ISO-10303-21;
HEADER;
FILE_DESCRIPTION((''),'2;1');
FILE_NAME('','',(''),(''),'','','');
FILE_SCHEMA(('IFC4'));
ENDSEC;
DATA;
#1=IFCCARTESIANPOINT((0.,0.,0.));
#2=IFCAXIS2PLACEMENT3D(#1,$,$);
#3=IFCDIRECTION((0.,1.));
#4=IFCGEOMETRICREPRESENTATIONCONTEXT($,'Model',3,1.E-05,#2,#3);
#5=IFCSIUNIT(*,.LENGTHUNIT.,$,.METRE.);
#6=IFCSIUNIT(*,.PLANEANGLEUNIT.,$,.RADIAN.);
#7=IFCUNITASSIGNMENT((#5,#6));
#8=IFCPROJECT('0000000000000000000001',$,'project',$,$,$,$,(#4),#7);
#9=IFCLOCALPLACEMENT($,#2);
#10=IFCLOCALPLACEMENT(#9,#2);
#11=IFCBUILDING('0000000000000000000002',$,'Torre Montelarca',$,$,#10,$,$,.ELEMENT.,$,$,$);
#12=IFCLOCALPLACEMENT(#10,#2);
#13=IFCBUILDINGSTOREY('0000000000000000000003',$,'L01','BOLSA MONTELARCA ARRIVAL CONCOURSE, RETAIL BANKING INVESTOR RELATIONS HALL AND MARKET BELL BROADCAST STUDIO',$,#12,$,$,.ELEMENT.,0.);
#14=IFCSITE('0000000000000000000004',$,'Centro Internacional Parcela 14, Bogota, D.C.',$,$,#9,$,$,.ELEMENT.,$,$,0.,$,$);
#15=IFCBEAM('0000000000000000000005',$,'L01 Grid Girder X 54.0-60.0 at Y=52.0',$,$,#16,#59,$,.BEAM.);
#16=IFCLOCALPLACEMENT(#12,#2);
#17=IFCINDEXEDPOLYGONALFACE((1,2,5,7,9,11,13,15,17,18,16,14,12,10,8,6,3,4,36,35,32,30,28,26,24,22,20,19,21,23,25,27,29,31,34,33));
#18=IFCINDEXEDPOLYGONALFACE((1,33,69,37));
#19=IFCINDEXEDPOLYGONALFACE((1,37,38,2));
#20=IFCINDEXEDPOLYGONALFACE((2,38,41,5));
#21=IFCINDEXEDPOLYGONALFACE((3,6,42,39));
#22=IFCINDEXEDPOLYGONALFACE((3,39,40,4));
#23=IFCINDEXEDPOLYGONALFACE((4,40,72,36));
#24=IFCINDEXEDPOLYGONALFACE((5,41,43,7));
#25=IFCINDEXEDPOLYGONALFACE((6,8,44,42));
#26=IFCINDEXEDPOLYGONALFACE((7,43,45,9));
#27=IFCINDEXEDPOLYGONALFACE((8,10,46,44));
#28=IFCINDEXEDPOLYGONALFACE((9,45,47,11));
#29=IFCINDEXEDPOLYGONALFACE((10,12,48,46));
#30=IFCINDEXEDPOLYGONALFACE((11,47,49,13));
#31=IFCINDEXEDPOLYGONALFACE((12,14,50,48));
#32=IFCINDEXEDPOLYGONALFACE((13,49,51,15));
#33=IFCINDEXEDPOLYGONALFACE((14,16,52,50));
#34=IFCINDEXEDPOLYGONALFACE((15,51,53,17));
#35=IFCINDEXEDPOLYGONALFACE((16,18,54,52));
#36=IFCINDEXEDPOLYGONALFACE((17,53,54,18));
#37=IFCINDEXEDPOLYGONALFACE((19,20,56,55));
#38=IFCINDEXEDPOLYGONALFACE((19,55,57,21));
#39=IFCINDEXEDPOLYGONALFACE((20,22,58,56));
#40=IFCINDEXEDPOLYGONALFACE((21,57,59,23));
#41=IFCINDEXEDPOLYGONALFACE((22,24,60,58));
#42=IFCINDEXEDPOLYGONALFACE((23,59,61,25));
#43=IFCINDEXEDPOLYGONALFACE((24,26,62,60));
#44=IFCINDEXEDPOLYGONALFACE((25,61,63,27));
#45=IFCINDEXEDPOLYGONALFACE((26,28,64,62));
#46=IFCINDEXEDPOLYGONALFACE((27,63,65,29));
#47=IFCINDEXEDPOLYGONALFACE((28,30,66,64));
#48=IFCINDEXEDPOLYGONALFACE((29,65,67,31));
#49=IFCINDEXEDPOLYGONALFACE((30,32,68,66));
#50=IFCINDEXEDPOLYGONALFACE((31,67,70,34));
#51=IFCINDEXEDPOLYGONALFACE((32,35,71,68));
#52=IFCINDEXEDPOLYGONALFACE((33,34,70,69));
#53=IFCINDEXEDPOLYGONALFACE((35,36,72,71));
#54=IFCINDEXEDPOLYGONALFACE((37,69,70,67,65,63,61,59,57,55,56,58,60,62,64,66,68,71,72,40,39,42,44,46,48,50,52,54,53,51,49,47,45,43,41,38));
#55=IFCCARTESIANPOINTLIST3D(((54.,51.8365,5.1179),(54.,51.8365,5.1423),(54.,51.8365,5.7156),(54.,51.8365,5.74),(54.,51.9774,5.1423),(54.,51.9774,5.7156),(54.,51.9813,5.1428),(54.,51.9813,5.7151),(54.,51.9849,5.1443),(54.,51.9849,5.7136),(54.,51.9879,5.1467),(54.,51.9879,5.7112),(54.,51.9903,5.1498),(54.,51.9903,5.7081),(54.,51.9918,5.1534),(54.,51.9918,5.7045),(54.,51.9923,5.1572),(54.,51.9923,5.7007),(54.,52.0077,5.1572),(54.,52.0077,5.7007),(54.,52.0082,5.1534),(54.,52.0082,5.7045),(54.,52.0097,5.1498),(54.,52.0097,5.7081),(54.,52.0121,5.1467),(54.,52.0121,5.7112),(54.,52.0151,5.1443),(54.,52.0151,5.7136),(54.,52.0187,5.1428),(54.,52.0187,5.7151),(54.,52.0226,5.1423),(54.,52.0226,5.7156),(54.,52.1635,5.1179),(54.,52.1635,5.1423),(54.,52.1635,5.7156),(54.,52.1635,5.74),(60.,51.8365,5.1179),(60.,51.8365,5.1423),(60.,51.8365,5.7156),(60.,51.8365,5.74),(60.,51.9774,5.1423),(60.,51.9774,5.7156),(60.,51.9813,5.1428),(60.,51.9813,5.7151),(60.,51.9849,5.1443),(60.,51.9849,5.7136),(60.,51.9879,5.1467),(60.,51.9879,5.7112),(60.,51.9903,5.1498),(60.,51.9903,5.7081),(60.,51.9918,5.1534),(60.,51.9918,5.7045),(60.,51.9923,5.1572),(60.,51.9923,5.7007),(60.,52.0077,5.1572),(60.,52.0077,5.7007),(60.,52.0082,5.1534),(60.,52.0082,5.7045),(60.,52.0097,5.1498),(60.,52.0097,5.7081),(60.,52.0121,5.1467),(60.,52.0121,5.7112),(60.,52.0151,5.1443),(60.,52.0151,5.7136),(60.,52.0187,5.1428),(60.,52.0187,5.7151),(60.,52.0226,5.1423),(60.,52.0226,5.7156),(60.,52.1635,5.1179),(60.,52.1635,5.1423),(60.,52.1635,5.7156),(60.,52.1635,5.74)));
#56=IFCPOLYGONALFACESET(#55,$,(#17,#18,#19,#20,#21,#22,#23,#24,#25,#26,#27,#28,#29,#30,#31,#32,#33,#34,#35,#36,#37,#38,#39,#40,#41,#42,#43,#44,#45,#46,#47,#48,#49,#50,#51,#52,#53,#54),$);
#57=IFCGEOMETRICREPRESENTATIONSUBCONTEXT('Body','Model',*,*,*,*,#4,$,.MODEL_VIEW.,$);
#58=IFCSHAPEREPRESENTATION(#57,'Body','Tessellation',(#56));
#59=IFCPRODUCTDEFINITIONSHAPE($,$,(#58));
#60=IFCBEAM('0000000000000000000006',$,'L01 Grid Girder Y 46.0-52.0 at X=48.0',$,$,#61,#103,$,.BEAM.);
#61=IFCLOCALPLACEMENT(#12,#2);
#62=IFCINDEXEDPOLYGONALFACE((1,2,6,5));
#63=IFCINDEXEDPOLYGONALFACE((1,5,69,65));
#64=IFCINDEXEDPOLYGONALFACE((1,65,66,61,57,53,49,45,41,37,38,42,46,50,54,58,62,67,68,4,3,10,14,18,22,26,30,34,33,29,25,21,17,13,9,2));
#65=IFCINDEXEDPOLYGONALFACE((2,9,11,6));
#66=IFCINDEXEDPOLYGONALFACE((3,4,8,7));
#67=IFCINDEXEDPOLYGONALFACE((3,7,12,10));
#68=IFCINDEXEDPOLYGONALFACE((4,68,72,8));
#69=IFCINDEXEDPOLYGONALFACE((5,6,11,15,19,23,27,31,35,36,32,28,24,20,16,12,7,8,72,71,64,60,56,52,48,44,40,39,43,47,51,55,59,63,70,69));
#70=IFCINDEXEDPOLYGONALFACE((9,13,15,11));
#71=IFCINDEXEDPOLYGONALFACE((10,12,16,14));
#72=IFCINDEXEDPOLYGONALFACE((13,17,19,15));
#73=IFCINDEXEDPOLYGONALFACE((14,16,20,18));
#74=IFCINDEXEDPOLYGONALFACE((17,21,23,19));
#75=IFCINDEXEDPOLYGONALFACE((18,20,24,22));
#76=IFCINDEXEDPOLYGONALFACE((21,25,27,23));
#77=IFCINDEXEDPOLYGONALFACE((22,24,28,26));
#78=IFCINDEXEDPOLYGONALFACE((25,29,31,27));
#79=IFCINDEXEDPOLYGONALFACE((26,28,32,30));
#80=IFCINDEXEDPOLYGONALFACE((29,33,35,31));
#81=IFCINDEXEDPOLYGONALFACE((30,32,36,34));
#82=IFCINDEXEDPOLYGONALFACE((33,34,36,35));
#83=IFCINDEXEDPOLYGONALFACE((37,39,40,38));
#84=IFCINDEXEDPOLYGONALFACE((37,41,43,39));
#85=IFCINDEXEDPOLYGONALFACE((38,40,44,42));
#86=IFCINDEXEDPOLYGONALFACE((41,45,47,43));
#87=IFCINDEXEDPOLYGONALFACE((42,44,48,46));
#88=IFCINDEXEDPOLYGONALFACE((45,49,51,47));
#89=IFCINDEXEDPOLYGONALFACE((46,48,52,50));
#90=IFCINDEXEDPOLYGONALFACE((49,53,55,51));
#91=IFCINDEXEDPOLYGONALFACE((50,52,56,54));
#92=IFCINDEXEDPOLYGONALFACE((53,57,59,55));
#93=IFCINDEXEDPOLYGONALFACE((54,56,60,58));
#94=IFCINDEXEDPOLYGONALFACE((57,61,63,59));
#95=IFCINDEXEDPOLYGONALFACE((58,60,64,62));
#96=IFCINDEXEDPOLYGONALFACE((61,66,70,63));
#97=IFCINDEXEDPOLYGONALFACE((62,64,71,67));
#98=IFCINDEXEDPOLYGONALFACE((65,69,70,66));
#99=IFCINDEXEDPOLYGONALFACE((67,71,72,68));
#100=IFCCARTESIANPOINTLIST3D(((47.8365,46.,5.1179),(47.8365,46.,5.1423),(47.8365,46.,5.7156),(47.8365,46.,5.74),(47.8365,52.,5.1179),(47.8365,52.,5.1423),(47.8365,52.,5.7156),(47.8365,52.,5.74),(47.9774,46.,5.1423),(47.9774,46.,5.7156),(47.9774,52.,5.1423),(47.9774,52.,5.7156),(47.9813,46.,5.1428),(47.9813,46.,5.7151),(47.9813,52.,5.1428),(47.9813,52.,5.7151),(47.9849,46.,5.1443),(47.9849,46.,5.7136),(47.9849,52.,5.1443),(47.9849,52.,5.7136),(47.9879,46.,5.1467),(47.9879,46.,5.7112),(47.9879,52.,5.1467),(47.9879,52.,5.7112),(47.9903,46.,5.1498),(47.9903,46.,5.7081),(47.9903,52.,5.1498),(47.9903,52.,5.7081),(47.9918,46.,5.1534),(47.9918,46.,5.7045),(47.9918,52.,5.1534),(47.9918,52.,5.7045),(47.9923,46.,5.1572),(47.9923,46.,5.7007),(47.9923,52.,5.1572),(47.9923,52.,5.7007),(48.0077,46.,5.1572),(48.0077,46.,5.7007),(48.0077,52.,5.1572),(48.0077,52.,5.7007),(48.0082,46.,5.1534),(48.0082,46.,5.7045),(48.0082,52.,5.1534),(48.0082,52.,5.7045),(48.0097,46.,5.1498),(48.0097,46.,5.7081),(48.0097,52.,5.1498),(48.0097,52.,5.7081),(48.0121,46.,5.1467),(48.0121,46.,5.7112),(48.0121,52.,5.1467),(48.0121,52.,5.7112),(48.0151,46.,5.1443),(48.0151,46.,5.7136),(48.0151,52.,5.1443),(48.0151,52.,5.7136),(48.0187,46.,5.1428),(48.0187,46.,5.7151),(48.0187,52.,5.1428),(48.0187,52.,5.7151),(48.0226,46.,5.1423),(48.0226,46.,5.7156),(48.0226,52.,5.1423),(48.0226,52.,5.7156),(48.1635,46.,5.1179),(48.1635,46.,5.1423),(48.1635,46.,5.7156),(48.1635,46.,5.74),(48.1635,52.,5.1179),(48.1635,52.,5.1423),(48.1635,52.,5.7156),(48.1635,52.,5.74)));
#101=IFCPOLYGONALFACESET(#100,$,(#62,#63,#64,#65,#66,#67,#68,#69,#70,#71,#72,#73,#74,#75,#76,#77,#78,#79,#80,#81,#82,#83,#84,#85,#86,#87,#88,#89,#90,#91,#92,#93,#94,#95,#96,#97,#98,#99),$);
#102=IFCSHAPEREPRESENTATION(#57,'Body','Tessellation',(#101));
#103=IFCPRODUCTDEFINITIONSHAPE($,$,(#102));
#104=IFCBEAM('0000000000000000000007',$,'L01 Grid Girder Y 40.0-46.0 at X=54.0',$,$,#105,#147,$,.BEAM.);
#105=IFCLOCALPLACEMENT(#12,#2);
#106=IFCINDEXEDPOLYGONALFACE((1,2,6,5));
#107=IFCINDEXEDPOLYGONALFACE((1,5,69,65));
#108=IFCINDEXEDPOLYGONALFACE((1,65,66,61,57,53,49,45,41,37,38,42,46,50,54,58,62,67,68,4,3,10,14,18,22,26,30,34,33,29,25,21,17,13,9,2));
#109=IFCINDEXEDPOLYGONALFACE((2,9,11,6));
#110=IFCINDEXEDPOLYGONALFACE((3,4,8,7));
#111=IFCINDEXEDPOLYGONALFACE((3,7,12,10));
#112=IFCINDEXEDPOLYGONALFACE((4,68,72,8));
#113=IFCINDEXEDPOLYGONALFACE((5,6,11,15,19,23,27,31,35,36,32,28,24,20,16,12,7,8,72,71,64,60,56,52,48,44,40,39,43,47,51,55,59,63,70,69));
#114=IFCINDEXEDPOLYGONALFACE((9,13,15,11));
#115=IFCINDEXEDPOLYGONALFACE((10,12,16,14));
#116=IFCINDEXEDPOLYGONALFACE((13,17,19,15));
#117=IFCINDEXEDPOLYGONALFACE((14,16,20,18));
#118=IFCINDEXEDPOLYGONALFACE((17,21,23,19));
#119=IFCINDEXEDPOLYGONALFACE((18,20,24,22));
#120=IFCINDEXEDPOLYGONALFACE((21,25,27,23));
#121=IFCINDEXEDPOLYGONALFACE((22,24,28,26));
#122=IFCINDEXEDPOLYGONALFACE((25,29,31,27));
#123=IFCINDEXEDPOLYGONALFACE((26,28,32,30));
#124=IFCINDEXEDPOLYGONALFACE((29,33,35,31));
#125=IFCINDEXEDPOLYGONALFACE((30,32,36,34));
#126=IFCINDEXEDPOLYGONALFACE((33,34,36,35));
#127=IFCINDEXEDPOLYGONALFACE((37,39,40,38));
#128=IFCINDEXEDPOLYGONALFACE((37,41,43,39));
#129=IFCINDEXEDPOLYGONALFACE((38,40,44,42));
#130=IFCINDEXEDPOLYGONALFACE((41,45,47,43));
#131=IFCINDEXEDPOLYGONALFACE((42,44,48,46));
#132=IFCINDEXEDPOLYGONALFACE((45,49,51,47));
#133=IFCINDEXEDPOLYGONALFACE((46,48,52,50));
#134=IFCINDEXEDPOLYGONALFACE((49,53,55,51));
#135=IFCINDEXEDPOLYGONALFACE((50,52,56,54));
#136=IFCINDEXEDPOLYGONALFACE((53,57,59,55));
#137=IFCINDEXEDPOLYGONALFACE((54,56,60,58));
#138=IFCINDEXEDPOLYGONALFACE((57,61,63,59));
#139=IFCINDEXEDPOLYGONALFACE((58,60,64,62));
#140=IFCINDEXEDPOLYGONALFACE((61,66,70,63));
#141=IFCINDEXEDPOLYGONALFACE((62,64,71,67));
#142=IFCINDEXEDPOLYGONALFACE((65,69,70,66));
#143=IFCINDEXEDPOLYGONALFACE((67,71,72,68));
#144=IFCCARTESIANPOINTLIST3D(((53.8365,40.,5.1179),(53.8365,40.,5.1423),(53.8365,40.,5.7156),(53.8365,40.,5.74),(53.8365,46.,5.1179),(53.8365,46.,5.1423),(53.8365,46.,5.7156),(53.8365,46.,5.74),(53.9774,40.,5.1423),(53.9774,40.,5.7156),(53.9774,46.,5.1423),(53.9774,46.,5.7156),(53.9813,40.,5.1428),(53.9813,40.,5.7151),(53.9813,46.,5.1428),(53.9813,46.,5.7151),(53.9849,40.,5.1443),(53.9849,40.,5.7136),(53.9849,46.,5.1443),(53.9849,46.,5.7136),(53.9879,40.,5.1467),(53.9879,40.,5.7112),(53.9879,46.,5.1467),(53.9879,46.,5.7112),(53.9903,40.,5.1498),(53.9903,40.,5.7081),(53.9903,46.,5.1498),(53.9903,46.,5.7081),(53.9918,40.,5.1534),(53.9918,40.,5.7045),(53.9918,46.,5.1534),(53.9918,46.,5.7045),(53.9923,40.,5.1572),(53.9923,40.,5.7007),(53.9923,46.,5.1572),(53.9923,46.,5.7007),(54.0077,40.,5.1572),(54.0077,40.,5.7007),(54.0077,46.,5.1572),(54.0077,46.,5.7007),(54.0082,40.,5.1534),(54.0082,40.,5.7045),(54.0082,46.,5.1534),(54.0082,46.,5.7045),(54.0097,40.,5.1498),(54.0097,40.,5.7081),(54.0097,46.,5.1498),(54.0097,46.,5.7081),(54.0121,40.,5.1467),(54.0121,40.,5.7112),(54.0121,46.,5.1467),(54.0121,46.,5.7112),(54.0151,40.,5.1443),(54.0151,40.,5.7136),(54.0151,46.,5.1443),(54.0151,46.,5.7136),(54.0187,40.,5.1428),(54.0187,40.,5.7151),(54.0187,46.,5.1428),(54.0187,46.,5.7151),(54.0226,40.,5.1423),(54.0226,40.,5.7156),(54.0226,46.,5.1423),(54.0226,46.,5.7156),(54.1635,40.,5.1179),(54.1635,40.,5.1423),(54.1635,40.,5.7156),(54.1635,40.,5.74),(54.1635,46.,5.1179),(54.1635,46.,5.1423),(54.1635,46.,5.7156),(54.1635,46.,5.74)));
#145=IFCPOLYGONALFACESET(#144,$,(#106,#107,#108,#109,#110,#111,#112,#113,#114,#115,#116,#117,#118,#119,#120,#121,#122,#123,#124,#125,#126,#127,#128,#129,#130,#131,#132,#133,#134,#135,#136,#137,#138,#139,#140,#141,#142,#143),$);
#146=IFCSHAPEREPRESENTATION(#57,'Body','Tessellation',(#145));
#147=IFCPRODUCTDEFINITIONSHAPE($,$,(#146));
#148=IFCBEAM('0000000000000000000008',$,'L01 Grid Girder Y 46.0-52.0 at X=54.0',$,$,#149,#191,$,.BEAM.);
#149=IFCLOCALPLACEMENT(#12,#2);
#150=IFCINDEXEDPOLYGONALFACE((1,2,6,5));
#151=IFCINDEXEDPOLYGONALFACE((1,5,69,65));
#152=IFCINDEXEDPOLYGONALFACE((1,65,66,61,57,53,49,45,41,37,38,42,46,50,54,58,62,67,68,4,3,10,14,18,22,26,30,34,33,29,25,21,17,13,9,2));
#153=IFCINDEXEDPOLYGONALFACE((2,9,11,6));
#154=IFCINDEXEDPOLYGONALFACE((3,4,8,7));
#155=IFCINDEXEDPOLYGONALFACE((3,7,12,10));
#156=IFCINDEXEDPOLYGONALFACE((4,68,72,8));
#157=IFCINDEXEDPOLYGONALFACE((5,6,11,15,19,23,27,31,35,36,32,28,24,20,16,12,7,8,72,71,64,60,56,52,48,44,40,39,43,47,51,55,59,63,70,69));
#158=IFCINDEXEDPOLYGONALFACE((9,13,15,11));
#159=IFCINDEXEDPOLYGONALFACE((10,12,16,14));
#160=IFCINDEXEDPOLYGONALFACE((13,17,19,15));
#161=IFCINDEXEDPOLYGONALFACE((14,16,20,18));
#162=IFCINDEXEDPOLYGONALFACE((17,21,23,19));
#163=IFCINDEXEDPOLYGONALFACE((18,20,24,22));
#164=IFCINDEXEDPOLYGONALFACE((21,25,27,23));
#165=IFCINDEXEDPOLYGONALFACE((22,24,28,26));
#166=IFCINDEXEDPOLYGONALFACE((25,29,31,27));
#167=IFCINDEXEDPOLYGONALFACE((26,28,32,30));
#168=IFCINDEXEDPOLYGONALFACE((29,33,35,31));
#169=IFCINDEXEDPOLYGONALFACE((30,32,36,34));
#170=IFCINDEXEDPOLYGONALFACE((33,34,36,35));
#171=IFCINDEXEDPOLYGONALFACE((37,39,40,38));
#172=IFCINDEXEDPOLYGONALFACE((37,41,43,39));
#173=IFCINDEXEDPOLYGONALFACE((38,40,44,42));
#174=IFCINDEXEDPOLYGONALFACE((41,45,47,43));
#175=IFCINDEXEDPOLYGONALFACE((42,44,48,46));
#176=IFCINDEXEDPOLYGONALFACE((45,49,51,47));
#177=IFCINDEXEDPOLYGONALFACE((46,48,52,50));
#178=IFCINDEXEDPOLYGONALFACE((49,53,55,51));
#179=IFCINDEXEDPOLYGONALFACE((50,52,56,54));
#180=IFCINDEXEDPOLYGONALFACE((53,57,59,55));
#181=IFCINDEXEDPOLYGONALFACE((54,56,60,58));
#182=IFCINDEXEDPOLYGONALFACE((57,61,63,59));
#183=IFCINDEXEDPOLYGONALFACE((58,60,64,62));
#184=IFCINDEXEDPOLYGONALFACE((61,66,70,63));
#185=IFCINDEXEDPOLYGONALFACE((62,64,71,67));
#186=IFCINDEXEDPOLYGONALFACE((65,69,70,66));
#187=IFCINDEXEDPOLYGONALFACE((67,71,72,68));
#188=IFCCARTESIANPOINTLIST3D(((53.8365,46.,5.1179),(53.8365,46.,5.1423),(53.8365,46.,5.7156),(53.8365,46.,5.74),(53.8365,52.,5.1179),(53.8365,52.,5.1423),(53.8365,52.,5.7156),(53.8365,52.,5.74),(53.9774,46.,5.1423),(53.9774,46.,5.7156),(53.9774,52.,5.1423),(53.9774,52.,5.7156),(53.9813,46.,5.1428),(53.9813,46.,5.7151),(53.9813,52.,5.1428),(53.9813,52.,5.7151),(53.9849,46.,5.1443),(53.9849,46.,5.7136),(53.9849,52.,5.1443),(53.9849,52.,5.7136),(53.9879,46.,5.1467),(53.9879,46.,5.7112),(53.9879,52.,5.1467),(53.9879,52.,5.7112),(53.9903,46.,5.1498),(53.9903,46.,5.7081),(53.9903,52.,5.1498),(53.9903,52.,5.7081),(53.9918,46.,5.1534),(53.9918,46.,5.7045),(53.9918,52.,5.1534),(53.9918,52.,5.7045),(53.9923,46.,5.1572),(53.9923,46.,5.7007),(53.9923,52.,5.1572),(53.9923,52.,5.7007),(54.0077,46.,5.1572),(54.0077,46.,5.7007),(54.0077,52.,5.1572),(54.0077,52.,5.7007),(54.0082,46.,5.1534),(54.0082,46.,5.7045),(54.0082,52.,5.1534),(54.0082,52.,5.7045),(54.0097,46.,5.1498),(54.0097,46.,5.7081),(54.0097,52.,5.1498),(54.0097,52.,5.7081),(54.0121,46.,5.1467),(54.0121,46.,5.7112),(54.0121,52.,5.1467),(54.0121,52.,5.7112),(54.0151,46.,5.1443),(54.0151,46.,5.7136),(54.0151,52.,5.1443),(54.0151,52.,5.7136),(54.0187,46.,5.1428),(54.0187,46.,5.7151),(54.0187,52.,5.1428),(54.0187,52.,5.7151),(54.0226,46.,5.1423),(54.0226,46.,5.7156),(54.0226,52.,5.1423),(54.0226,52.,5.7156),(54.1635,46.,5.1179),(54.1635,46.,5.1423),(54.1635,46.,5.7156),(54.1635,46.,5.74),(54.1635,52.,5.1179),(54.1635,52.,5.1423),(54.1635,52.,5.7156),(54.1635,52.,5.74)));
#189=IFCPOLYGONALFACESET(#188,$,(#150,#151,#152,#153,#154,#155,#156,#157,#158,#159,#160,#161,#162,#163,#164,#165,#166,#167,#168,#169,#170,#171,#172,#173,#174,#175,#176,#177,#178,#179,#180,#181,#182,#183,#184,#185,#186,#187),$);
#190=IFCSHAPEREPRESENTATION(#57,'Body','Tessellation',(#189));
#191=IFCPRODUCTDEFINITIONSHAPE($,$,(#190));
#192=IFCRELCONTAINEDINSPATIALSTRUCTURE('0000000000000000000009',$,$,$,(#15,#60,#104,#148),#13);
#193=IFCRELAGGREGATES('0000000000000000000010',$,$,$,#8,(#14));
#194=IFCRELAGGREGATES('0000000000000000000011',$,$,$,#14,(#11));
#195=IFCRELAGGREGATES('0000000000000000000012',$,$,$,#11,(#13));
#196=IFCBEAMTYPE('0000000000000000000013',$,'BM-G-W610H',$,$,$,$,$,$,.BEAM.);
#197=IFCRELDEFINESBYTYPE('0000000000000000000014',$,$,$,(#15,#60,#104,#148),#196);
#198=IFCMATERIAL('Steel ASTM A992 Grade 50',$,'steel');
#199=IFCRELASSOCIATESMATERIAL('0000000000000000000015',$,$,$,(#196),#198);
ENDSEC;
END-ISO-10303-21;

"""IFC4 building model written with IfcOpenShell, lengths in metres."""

from ifc_helpers import new_model, si_unit, direction, frame, origin, origin_2d, place, context, subcontext, project, spatial, i_section, extrude, source, transform, mapped, material, material_profile, profile_set, type_object, element, save


model = new_model("IFC4")

# Units and contexts
model_context = context("Model", 3, precision=1e-05, world=origin(), true_north=direction((0.0, 1.0)))
body_context = subcontext(model_context, "Body", "Model", "MODEL_VIEW")
ifc_project = project(units=[si_unit("LENGTHUNIT", "METRE"), si_unit("PLANEANGLEUNIT", "RADIAN")], contexts=[model_context])

# Site, building, storey
site_placement = place(None, origin())
site = spatial("IfcSite", under=ifc_project, at=site_placement, Name="Centro Internacional Parcela 14, Bogota, D.C.", CompositionType="ELEMENT", RefElevation=0.0)
building_placement = place(site_placement, origin())
building = spatial("IfcBuilding", under=site, at=building_placement, Name="Torre Montelarca", CompositionType="ELEMENT")
storey_placement = place(building_placement, origin())
storey = spatial("IfcBuildingStorey", under=building, at=storey_placement, Name="L01", Description="BOLSA MONTELARCA ARRIVAL CONCOURSE, RETAIL BANKING INVESTOR RELATIONS HALL AND MARKET BELL BROADCAST STUDIO", CompositionType="ELEMENT", Elevation=0.0)

# Shared definitions
ifc_material_1 = material(Name="Steel ASTM A992 Grade 50", Category="steel")

# Beams
ifc_material_profile_1 = material_profile(ifc_material_1, i_section(OverallWidth=0.3269, OverallDepth=0.6221, WebThickness=0.0154, FlangeThickness=0.0244, FilletRadius=0.0149, at=origin_2d()), Name="W610X195", Category="steel")
ifc_profile_set_1 = profile_set([ifc_material_profile_1], Name="Steel ASTM A992 Grade 50")
beam_type_1 = type_object("IfcBeamType", Name="BM-G-W610H", PredefinedType="BEAM", material=ifc_profile_set_1)
shared_shape_1 = source(origin(), body_context, "Body", "SweptSolid", [
    extrude(i_section(OverallWidth=0.3269, OverallDepth=0.6221, WebThickness=0.0154, FlangeThickness=0.0244, FilletRadius=0.0149, at=origin_2d()), origin(), (0.0, 0.0, 1.0), 6.0),
])
for number, where, z_axis, x_axis, name in (
    (1, (54.0, 52.0, 5.429), (1.0, 0.0, 0.0), (0.0, 1.0, 0.0), "L01 Grid Girder X 54.0-60.0 at Y=52.0"),
    (2, (48.0, 46.0, 5.429), (0.0, 1.0, 0.0), (-1.0, 0.0, 0.0), "L01 Grid Girder Y 46.0-52.0 at X=48.0"),
    (3, (54.0, 40.0, 5.429), (0.0, 1.0, 0.0), (-1.0, 0.0, 0.0), "L01 Grid Girder Y 40.0-46.0 at X=54.0"),
    (4, (54.0, 46.0, 5.429), (0.0, 1.0, 0.0), (-1.0, 0.0, 0.0), "L01 Grid Girder Y 46.0-52.0 at X=54.0"),
):
    element("IfcBeam", number, at=place(storey_placement, frame(where, z_axis=z_axis, x_axis=x_axis)), inside=storey, type_object=beam_type_1, Name=name, PredefinedType="BEAM", context=body_context, shape_type="MappedRepresentation", body=[
        mapped(shared_shape_1, transform((0.0, 0.0, 0.0), scale=1.0)),
    ])

save(model, "model.ifc")
